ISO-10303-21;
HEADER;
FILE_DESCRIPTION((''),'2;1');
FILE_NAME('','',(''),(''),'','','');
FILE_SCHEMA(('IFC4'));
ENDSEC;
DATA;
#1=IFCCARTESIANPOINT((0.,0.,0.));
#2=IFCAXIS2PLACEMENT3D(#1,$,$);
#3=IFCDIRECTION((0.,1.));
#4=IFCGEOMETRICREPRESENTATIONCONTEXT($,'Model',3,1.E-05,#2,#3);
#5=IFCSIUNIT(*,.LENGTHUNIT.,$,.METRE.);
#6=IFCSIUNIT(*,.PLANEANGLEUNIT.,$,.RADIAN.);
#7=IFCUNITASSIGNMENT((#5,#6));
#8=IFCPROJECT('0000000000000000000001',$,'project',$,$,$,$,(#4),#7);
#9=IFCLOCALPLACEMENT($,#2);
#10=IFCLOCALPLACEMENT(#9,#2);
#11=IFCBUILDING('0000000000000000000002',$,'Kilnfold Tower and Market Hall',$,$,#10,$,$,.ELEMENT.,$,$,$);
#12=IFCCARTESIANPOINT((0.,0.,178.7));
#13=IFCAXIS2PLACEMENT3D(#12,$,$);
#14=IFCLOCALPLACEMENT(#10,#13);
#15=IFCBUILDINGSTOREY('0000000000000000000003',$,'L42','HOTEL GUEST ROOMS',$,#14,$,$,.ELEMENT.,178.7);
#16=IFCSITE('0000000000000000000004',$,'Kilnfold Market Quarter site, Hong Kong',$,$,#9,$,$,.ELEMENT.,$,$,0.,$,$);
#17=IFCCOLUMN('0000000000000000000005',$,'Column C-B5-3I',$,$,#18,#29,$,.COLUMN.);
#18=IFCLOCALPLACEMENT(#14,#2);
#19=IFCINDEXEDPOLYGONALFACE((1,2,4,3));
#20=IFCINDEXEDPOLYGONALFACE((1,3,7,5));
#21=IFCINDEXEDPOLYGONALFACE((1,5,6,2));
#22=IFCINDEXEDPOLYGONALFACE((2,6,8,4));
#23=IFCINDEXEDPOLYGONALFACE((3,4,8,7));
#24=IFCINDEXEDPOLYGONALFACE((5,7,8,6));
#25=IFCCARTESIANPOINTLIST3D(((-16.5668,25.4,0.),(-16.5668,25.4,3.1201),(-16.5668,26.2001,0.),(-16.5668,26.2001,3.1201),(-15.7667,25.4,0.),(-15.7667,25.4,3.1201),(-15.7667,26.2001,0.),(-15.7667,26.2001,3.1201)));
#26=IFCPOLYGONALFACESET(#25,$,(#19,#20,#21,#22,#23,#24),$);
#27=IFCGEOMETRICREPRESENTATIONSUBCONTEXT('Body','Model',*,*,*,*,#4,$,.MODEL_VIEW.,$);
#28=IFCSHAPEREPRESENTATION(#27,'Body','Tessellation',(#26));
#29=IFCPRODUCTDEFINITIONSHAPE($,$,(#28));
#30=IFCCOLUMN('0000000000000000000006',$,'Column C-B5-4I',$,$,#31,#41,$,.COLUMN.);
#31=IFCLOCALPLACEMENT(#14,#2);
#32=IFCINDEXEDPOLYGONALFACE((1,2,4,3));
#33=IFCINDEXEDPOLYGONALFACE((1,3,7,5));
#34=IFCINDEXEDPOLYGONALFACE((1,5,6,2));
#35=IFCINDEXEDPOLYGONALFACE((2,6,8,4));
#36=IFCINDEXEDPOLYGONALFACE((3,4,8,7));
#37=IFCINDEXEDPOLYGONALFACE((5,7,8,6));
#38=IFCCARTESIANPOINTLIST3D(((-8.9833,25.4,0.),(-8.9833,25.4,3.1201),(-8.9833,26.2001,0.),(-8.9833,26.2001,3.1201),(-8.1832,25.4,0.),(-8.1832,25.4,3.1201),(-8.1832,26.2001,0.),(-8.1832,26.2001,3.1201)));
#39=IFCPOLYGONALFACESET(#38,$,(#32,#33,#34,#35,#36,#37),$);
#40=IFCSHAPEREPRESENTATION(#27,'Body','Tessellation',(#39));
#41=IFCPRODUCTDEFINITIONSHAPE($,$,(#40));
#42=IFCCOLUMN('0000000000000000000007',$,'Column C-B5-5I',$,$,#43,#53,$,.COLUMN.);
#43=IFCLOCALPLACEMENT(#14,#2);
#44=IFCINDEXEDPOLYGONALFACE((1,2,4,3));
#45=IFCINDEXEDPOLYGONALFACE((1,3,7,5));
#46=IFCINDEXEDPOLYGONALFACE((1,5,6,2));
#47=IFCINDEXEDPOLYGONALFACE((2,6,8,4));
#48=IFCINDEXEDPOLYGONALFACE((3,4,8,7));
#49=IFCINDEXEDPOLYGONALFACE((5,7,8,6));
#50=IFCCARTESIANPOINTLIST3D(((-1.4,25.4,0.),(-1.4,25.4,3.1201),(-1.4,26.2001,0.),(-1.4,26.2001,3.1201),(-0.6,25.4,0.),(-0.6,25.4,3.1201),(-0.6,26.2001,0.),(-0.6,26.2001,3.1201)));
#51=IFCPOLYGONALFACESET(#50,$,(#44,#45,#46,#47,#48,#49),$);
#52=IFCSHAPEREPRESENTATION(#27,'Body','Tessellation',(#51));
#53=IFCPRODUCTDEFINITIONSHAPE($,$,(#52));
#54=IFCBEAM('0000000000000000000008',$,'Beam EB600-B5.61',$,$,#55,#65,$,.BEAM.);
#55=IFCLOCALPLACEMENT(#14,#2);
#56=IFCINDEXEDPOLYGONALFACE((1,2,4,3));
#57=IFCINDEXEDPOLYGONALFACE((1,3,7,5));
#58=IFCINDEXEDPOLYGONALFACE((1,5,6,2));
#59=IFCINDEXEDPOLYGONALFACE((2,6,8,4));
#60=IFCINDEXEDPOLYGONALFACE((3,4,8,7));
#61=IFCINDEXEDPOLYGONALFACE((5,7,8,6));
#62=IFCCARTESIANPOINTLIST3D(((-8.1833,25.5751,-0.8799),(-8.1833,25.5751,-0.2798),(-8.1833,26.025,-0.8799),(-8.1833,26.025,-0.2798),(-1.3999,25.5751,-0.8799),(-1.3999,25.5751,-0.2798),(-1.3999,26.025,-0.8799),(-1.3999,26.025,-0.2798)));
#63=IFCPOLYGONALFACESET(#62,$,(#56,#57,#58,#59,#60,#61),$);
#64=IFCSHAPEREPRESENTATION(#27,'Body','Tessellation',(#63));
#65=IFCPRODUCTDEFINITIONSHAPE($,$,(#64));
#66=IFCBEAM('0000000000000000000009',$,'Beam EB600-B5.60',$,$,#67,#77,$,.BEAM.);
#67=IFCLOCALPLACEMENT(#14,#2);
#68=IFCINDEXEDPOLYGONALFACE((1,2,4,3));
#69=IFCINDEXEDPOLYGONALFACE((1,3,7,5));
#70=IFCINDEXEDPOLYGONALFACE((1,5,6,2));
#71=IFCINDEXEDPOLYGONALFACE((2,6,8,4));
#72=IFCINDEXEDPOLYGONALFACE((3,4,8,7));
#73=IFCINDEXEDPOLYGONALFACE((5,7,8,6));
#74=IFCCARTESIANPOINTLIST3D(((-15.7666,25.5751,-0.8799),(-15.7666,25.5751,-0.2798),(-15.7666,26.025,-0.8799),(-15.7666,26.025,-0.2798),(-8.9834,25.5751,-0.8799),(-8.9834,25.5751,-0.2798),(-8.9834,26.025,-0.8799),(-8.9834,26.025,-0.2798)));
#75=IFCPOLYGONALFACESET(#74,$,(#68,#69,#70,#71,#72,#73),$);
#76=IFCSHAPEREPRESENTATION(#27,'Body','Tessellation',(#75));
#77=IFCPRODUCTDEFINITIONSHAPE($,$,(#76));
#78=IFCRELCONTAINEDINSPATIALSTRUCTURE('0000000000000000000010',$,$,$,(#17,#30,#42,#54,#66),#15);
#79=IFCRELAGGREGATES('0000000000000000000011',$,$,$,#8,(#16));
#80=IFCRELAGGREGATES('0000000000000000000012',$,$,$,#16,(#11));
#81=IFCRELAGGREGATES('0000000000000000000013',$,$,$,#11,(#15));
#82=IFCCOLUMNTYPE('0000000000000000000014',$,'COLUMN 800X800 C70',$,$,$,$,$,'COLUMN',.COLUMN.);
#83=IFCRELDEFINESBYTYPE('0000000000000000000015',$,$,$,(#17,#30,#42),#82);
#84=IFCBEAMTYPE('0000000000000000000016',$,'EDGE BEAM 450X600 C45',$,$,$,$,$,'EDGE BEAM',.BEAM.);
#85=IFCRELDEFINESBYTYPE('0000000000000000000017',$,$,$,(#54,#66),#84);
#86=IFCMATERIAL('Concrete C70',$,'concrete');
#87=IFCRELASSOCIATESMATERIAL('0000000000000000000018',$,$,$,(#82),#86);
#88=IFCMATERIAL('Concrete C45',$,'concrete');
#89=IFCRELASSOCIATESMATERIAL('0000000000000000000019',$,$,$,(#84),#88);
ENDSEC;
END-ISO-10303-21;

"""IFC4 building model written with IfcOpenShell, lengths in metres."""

from ifc_helpers import new_model, si_unit, direction, frame, origin, origin_2d, place, context, subcontext, project, spatial, rectangle, extrude, source, transform, mapped, material, material_profile, profile_set, type_object, element, save


model = new_model("IFC4")

# Units and contexts
model_context = context("Model", 3, precision=1e-05, world=origin(), true_north=direction((0.0, 1.0)))
body_context = subcontext(model_context, "Body", "Model", "MODEL_VIEW")
ifc_project = project(units=[si_unit("LENGTHUNIT", "METRE"), si_unit("PLANEANGLEUNIT", "RADIAN")], contexts=[model_context])

# Site, building, storey
site_placement = place(None, origin())
site = spatial("IfcSite", under=ifc_project, at=site_placement, Name="Kilnfold Market Quarter site, Hong Kong", CompositionType="ELEMENT", RefElevation=0.0)
building_placement = place(site_placement, origin())
building = spatial("IfcBuilding", under=site, at=building_placement, Name="Kilnfold Tower and Market Hall", CompositionType="ELEMENT")
storey_placement = place(building_placement, frame((0.0, 0.0, 178.7)))
storey = spatial("IfcBuildingStorey", under=building, at=storey_placement, Name="L42", Description="HOTEL GUEST ROOMS", CompositionType="ELEMENT", Elevation=178.7)

# Columns
ifc_material_1 = material(Name="Concrete C70", Category="concrete")
ifc_material_profile_1 = material_profile(ifc_material_1, rectangle(XDim=0.8, YDim=0.8, at=origin_2d()), Name="RC 800x800")
ifc_profile_set_1 = profile_set([ifc_material_profile_1], Name="Concrete C70")
column_type = type_object("IfcColumnType", Name="COLUMN 800X800 C70", ElementType="COLUMN", PredefinedType="COLUMN", material=ifc_profile_set_1)
shared_shape_1 = source(origin(), body_context, "Body", "SweptSolid", [
    extrude(rectangle(XDim=0.8, YDim=0.8, at=origin_2d()), origin(), (0.0, 0.0, 1.0), 3.1201),
])
for number, where, z_axis, x_axis, name in (
    (1, (-16.1667, 25.8, 0.0), (0.0, 0.0, 1.0), (1.0, 0.0, 0.0), "Column C-B5-3I"),
    (2, (-8.5833, 25.8, 0.0), (0.0, 0.0, 1.0), (1.0, 0.0, 0.0), "Column C-B5-4I"),
    (3, (-1.0, 25.8, 0.0), (0.0, 0.0, 1.0), (1.0, 0.0, 0.0), "Column C-B5-5I"),
):
    element("IfcColumn", number, at=place(storey_placement, frame(where, z_axis=z_axis, x_axis=x_axis)), inside=storey, type_object=column_type, Name=name, PredefinedType="COLUMN", context=body_context, shape_type="MappedRepresentation", body=[
        mapped(shared_shape_1, transform((0.0, 0.0, 0.0))),
    ])

# Beams
ifc_material_2 = material(Name="Concrete C45", Category="concrete")
ifc_material_profile_2 = material_profile(ifc_material_2, rectangle(XDim=0.45, YDim=0.6001, at=origin_2d()), Name="RC 450x600")
ifc_profile_set_2 = profile_set([ifc_material_profile_2], Name="Concrete C45")
beam_type = type_object("IfcBeamType", Name="EDGE BEAM 450X600 C45", ElementType="EDGE BEAM", PredefinedType="BEAM", material=ifc_profile_set_2)
shared_shape_2 = source(origin(), body_context, "Body", "SweptSolid", [
    extrude(rectangle(XDim=0.45, YDim=0.6001, at=origin_2d()), origin(), (0.0, 0.0, 1.0), 6.7834),
])
beam_1_placement = place(storey_placement, frame((-8.1833, 25.8, -0.5798), z_axis=(1.0, 0.0, 0.0), x_axis=(0.0, 1.0, 0.0)))
element("IfcBeam", 4, at=beam_1_placement, inside=storey, type_object=beam_type, Name="Beam EB600-B5.61", PredefinedType="BEAM", context=body_context, shape_type="MappedRepresentation", body=[
    mapped(shared_shape_2, transform((0.0, 0.0, 0.0))),
])
shared_shape_3 = source(origin(), body_context, "Body", "SweptSolid", [
    extrude(rectangle(XDim=0.45, YDim=0.6001, at=origin_2d()), origin(), (0.0, 0.0, 1.0), 6.7832),
])
beam_2_placement = place(storey_placement, frame((-15.7666, 25.8, -0.5798), z_axis=(1.0, 0.0, 0.0), x_axis=(0.0, 1.0, 0.0)))
element("IfcBeam", 5, at=beam_2_placement, inside=storey, type_object=beam_type, Name="Beam EB600-B5.60", PredefinedType="BEAM", context=body_context, shape_type="MappedRepresentation", body=[
    mapped(shared_shape_3, transform((0.0, 0.0, 0.0))),
])

save(model, "model.ifc")
